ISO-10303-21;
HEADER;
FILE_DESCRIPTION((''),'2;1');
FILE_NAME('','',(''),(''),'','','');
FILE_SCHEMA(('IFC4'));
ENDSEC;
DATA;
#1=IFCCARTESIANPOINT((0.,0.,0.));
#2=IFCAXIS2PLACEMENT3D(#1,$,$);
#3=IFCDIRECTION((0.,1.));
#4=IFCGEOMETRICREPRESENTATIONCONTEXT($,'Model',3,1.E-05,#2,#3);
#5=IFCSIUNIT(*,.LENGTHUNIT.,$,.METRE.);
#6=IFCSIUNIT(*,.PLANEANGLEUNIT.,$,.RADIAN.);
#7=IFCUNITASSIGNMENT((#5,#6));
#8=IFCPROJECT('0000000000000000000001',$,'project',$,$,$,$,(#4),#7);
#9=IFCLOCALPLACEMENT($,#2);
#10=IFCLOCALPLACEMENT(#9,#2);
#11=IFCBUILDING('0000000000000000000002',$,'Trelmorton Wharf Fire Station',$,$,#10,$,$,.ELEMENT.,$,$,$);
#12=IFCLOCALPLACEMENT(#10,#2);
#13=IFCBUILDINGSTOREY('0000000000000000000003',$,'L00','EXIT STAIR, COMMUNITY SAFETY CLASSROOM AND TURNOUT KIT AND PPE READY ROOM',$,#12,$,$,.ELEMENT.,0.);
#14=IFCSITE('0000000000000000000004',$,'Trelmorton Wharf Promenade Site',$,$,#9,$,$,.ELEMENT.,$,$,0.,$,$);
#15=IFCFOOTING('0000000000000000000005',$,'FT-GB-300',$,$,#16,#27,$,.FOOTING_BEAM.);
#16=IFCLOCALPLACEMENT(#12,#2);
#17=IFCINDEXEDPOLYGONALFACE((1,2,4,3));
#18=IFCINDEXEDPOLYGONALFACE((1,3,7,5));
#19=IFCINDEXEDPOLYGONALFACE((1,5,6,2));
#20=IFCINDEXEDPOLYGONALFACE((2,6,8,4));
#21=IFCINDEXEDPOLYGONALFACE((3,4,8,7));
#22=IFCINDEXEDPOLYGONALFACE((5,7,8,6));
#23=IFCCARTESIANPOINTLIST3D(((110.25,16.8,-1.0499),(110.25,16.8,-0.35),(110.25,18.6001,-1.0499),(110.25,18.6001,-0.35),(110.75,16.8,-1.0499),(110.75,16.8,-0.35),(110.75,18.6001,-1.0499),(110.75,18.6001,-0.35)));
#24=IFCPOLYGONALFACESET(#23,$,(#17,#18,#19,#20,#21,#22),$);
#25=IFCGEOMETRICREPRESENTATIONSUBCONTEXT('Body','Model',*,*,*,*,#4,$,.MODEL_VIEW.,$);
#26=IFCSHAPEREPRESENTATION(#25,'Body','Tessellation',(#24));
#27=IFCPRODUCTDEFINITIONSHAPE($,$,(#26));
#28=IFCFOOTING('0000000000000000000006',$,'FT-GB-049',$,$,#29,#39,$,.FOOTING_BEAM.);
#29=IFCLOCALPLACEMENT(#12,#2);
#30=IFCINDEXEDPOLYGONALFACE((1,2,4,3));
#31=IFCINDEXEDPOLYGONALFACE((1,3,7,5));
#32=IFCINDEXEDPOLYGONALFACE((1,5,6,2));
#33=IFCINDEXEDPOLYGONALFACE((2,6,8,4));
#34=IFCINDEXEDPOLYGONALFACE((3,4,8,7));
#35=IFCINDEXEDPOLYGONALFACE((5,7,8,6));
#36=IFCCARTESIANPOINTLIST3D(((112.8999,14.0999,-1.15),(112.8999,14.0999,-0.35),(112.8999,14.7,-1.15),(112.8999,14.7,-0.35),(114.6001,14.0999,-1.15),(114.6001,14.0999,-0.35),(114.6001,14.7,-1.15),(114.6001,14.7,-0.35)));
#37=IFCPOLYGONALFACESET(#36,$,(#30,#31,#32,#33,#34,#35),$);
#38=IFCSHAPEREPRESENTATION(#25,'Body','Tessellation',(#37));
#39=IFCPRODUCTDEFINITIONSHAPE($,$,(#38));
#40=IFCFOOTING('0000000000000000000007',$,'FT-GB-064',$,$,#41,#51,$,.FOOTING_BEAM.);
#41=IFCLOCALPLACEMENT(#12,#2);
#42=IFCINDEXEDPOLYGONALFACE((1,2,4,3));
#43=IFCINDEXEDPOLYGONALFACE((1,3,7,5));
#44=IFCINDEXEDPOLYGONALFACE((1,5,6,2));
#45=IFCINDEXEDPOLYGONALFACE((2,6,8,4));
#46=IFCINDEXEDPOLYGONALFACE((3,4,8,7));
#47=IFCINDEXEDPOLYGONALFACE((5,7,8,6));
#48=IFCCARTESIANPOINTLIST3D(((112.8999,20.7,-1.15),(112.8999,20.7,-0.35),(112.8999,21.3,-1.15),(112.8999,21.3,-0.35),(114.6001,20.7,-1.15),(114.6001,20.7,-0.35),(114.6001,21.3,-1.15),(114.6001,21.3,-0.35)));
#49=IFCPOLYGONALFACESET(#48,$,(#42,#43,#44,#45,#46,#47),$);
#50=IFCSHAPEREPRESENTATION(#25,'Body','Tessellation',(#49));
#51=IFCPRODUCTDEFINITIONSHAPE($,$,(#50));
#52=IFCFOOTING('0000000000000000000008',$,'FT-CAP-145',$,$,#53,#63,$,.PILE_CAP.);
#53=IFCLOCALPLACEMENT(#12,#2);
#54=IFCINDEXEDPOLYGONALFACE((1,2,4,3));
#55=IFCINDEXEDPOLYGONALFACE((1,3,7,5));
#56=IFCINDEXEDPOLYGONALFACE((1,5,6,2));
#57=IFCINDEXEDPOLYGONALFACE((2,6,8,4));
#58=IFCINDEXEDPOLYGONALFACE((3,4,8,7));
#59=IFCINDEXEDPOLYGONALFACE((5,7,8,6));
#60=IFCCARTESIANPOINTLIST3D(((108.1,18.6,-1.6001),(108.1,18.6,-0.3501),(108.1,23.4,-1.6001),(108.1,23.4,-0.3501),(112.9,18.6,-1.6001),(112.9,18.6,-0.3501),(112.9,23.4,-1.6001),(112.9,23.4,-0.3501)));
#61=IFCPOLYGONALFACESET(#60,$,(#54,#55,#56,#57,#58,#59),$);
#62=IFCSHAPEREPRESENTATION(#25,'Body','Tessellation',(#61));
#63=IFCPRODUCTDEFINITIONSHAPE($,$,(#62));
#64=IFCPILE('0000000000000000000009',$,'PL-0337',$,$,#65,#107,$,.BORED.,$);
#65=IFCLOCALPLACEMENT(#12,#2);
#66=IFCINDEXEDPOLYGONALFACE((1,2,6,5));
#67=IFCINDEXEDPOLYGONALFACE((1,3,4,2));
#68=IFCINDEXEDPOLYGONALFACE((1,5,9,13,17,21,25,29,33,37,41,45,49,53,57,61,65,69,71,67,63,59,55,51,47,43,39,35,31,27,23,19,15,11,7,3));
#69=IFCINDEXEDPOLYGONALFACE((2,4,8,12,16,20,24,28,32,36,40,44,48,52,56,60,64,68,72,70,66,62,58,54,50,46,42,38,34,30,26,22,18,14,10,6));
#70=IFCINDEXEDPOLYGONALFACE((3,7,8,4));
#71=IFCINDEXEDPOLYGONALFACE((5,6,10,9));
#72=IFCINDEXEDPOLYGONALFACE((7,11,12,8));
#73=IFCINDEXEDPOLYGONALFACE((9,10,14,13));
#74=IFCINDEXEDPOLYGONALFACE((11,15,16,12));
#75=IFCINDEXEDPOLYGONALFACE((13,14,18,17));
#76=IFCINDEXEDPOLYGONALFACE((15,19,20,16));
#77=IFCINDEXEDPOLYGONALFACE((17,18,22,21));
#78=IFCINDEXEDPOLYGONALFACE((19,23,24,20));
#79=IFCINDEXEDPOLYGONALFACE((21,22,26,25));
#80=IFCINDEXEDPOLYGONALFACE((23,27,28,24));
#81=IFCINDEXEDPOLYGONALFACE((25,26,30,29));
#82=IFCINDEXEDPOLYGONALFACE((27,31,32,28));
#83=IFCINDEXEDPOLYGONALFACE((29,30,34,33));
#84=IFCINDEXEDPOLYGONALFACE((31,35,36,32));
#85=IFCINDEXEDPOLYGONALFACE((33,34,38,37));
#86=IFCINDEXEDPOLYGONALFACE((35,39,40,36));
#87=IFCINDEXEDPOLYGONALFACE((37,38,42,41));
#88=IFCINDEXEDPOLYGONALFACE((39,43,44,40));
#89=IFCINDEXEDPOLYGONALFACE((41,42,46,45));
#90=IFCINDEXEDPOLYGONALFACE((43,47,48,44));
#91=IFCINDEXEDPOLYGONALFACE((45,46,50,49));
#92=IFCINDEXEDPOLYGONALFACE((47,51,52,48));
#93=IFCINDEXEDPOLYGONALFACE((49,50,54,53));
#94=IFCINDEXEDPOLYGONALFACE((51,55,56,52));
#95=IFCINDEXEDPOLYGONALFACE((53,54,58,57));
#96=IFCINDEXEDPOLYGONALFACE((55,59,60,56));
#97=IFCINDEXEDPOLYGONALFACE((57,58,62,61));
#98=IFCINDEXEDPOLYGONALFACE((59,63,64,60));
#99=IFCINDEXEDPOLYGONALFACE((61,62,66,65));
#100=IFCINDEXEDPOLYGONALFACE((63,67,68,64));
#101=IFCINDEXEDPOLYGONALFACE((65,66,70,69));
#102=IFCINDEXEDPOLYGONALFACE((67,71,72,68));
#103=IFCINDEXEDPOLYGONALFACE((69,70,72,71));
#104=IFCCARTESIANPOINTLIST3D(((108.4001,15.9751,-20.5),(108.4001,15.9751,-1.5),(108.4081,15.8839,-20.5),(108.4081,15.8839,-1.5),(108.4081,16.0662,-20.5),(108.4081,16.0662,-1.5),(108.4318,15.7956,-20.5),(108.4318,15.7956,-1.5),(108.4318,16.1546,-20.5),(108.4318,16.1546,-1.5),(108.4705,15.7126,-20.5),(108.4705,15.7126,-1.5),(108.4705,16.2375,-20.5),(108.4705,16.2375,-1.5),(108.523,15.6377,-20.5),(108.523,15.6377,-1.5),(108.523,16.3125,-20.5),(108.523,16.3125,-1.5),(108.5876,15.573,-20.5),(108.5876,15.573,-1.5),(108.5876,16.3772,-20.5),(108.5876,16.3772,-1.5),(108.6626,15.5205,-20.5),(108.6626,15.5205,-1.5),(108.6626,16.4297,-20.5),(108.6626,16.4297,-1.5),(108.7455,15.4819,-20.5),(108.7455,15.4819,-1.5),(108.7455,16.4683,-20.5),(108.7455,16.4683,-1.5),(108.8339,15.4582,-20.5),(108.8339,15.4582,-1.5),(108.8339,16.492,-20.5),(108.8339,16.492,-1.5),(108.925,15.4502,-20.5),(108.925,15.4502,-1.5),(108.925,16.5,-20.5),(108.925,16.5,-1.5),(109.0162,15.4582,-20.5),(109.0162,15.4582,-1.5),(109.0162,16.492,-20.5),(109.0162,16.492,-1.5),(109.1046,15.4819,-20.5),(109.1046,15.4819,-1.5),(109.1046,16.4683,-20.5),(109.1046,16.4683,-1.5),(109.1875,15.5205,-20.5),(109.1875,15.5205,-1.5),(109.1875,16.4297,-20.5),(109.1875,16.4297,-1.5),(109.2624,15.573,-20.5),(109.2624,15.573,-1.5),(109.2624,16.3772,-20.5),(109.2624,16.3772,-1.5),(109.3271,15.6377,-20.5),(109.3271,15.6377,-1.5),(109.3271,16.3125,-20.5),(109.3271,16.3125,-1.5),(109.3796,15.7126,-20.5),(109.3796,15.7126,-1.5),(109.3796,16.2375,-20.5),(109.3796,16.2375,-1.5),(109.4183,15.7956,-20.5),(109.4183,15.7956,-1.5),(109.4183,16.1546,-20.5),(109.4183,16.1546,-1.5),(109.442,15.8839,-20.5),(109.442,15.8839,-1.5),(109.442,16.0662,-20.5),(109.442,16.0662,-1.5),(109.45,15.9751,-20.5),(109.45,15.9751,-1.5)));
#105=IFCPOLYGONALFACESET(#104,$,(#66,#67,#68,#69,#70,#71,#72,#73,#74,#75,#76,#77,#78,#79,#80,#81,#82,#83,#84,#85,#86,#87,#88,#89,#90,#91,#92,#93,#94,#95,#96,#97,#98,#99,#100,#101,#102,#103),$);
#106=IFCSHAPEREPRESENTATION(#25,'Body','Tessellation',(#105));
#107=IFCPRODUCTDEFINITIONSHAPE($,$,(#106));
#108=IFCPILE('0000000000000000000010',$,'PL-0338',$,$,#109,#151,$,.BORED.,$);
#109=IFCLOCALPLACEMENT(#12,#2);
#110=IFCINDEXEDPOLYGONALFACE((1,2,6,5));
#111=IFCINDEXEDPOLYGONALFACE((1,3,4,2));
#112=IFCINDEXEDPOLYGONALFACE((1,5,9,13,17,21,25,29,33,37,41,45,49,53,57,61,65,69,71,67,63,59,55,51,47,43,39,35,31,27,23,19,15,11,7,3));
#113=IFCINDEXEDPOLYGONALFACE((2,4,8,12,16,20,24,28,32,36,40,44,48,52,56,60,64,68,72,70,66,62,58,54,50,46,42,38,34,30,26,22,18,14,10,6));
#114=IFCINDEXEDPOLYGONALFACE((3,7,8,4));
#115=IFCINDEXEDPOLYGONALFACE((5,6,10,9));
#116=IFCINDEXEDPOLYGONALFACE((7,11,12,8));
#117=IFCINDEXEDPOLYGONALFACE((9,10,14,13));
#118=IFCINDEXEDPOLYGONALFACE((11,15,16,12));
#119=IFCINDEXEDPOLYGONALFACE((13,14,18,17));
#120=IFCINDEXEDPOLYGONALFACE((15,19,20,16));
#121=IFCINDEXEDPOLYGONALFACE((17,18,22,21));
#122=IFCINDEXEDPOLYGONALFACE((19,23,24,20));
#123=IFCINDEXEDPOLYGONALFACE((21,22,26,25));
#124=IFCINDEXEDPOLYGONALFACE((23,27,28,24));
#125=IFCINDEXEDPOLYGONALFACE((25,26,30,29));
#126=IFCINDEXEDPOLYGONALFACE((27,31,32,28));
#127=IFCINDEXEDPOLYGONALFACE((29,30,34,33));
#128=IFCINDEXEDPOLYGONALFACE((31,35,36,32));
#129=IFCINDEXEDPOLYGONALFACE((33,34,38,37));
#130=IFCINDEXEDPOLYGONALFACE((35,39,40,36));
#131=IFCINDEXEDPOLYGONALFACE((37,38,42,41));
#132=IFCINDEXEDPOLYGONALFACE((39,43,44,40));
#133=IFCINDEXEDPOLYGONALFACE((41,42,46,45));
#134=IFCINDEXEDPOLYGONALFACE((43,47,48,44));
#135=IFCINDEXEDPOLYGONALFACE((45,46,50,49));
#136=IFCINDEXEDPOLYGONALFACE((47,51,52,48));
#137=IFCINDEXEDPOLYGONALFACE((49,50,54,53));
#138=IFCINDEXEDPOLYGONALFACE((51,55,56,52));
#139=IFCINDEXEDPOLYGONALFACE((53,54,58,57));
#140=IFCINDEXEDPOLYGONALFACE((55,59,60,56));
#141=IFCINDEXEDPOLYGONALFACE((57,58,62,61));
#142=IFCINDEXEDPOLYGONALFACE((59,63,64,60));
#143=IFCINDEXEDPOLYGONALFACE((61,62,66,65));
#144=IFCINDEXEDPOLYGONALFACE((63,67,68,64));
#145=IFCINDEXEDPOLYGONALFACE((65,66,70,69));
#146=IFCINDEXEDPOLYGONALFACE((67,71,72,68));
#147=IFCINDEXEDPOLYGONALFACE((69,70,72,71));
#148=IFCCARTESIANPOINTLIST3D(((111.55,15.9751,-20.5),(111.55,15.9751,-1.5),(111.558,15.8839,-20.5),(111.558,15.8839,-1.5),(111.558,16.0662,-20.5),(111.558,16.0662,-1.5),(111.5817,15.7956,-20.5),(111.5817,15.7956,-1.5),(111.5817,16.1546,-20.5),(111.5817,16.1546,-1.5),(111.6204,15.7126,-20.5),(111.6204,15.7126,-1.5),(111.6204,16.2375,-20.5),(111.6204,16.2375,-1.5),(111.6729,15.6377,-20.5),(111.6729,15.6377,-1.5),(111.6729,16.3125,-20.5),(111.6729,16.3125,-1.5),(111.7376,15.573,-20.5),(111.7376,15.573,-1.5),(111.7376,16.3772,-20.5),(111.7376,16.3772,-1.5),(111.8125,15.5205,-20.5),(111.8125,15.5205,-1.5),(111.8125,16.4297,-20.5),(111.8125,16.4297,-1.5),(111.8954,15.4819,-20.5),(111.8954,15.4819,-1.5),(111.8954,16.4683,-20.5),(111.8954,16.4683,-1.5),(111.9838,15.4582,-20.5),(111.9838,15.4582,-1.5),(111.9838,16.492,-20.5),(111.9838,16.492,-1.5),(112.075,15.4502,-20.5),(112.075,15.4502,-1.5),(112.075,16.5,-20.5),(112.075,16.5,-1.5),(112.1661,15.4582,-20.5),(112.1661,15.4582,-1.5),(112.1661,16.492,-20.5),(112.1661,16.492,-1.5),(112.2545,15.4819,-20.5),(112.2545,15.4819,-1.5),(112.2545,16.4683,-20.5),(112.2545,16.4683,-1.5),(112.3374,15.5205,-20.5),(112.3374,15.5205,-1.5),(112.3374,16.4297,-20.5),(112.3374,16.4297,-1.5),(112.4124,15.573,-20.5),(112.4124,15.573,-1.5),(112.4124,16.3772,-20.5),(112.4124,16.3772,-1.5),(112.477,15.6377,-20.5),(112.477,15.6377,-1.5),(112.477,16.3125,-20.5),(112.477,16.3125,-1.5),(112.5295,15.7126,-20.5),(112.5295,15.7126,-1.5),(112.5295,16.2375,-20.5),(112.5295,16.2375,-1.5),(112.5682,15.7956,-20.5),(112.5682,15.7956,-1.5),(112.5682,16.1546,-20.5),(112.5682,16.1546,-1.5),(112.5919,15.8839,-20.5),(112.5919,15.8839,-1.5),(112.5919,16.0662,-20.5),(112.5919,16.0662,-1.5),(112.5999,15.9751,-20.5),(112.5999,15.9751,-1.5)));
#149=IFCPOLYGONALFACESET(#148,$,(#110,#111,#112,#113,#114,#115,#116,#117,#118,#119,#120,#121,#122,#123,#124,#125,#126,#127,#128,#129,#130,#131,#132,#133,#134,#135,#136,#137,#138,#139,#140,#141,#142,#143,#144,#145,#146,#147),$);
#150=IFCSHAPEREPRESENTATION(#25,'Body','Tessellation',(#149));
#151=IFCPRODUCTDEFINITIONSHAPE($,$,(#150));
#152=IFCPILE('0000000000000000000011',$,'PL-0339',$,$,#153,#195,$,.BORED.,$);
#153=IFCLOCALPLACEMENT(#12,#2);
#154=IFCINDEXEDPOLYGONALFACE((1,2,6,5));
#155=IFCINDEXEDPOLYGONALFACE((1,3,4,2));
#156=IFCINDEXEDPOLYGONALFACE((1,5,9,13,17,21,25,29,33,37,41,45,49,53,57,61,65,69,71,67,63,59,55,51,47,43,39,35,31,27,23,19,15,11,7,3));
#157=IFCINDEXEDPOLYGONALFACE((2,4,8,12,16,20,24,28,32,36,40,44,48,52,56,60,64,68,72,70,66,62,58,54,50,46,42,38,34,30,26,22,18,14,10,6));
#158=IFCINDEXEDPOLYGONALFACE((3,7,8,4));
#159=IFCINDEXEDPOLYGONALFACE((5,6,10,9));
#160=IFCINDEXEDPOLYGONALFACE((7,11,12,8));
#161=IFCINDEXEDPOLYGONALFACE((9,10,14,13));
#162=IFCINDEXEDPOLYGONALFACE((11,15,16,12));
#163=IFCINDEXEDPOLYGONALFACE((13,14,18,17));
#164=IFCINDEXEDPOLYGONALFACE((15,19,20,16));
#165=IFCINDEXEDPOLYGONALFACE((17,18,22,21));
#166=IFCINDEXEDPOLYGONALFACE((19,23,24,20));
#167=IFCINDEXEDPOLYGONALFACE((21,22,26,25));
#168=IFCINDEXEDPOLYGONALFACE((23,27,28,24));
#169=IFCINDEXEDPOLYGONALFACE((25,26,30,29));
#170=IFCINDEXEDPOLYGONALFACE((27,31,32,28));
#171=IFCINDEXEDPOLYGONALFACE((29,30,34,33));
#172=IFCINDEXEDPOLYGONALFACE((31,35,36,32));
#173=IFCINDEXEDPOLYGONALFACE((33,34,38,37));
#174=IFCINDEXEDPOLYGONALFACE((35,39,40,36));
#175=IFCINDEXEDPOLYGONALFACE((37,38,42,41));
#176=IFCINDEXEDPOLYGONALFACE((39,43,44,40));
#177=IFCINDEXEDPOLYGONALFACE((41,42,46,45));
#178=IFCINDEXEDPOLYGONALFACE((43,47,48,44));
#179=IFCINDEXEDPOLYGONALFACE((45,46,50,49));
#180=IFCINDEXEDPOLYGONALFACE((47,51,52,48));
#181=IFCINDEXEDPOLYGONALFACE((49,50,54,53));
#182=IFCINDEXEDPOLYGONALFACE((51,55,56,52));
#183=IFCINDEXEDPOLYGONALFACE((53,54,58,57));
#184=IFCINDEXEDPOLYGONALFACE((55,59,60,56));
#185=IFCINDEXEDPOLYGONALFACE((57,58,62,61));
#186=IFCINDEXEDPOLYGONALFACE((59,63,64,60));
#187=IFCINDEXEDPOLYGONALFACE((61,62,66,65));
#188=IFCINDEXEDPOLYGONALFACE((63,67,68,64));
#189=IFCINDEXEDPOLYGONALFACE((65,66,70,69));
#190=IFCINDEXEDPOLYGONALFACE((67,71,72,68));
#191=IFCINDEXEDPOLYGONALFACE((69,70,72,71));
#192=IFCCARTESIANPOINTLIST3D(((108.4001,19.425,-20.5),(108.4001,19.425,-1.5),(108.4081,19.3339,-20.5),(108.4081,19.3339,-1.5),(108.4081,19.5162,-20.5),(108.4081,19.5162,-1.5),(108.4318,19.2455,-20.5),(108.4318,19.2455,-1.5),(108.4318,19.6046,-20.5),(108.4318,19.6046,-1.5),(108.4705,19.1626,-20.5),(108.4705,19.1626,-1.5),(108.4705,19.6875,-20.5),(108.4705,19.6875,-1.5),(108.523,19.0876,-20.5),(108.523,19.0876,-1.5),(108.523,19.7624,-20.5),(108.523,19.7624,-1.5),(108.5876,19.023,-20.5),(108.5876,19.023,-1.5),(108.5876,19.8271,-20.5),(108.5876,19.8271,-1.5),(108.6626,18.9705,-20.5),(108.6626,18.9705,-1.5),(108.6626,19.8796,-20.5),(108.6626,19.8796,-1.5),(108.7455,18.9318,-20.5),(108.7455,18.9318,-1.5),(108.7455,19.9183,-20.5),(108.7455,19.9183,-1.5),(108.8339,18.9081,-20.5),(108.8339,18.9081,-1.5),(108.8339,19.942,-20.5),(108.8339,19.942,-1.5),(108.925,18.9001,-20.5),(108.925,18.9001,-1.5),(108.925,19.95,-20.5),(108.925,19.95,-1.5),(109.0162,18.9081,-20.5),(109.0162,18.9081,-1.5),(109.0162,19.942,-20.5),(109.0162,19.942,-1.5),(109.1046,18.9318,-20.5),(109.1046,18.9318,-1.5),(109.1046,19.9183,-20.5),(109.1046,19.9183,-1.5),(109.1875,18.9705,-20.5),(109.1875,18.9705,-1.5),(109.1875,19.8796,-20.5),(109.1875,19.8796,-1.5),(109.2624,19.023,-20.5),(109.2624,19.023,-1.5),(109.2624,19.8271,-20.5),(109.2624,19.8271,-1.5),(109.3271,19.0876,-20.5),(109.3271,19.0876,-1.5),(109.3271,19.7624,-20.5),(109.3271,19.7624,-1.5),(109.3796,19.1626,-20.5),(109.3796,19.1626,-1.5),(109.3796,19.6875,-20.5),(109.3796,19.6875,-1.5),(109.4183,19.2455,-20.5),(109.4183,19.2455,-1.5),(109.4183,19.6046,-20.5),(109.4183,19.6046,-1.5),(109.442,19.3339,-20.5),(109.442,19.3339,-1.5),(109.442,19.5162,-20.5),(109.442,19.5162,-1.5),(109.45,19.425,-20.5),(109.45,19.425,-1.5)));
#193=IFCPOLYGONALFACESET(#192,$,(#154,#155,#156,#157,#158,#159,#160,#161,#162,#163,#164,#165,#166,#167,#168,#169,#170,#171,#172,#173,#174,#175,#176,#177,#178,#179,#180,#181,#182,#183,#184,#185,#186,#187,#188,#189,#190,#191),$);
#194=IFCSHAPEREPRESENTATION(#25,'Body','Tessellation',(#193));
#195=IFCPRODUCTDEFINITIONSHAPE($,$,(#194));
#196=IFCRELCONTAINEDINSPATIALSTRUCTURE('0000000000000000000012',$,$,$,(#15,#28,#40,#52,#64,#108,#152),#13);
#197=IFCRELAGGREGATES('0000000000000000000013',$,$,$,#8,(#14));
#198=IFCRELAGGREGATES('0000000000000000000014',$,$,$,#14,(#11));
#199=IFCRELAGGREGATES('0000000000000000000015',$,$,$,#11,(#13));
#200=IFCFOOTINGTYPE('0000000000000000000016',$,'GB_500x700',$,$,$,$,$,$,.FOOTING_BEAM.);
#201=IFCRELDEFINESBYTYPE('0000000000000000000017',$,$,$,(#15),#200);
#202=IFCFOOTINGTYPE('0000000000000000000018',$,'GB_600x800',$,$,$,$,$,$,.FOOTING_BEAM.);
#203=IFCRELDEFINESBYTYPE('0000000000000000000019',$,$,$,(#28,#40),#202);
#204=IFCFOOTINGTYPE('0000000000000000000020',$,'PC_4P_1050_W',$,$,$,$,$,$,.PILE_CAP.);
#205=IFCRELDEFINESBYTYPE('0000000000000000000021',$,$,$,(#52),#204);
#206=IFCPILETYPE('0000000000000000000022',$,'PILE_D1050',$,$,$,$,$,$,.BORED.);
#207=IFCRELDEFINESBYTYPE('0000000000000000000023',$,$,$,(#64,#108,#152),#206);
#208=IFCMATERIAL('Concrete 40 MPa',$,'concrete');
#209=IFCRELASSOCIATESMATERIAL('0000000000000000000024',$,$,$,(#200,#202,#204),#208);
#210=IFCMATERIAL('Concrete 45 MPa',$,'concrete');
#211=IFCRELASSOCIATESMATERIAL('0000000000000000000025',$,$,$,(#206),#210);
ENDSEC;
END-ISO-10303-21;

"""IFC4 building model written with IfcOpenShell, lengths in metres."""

from ifc_helpers import new_model, si_unit, direction, frame, origin, origin_2d, place, context, subcontext, project, spatial, rectangle, circle, extrude, material, material_profile, profile_set, type_object, element, save


model = new_model("IFC4")

# Units and contexts
model_context = context("Model", 3, precision=1e-05, world=origin(), true_north=direction((0.0, 1.0)))
body_context = subcontext(model_context, "Body", "Model", "MODEL_VIEW")
ifc_project = project(units=[si_unit("LENGTHUNIT", "METRE"), si_unit("PLANEANGLEUNIT", "RADIAN")], contexts=[model_context])

# Site, building, storey
site_placement = place(None, origin())
site = spatial("IfcSite", under=ifc_project, at=site_placement, Name="Trelmorton Wharf Promenade Site", CompositionType="ELEMENT", RefElevation=0.0)
building_placement = place(site_placement, origin())
building = spatial("IfcBuilding", under=site, at=building_placement, Name="Trelmorton Wharf Fire Station", CompositionType="ELEMENT")
storey_placement = place(building_placement, origin())
storey = spatial("IfcBuildingStorey", under=building, at=storey_placement, Name="L00", Description="EXIT STAIR, COMMUNITY SAFETY CLASSROOM AND TURNOUT KIT AND PPE READY ROOM", CompositionType="ELEMENT", Elevation=0.0)

# Footings
ifc_material_1 = material(Name="Concrete 40 MPa", Category="concrete")
ifc_material_profile_1 = material_profile(ifc_material_1, rectangle(XDim=0.5, YDim=0.7, at=origin_2d()), Name="RC500x700")
ifc_profile_set_1 = profile_set([ifc_material_profile_1], Name="Concrete 40 MPa")
footing_type_1 = type_object("IfcFootingType", Name="GB_500x700", PredefinedType="FOOTING_BEAM", material=ifc_profile_set_1)
footing_1_placement = place(storey_placement, frame((110.5, 16.8, -0.7), z_axis=(0.0, 1.0, 0.0), x_axis=(-1.0, 0.0, 0.0)))
element("IfcFooting", 1, at=footing_1_placement, inside=storey, type_object=footing_type_1, Name="FT-GB-300", PredefinedType="FOOTING_BEAM", context=body_context, shape_type="SweptSolid", body=[
    extrude(rectangle(XDim=0.5, YDim=0.7, at=origin_2d()), origin(), (0.0, 0.0, 1.0), 1.8),
])
ifc_material_profile_2 = material_profile(ifc_material_1, rectangle(XDim=0.6001, YDim=0.8, at=origin_2d()), Name="RC600x800")
ifc_profile_set_2 = profile_set([ifc_material_profile_2], Name="Concrete 40 MPa")
footing_type_2 = type_object("IfcFootingType", Name="GB_600x800", PredefinedType="FOOTING_BEAM", material=ifc_profile_set_2)
for number, where, z_axis, x_axis, name in (
    (2, (112.8999, 14.3999, -0.75), (1.0, 0.0, 0.0), (0.0, 1.0, 0.0), "FT-GB-049"),
    (3, (112.8999, 21.0, -0.75), (1.0, 0.0, 0.0), (0.0, 1.0, 0.0), "FT-GB-064"),
):
    element("IfcFooting", number, at=place(storey_placement, frame(where, z_axis=z_axis, x_axis=x_axis)), inside=storey, type_object=footing_type_2, Name=name, PredefinedType="FOOTING_BEAM", context=body_context, shape_type="SweptSolid", body=[
        extrude(rectangle(XDim=0.6001, YDim=0.8, at=origin_2d()), origin(), (0.0, 0.0, 1.0), 1.7002),
    ])
footing_type_3 = type_object("IfcFootingType", Name="PC_4P_1050_W", PredefinedType="PILE_CAP", material=ifc_material_1)
footing_2_placement = place(storey_placement, frame((110.5, 21.0, -1.6001), z_axis=(0.0, 0.0, 1.0), x_axis=(1.0, 0.0, 0.0)))
element("IfcFooting", 4, at=footing_2_placement, inside=storey, type_object=footing_type_3, Name="FT-CAP-145", PredefinedType="PILE_CAP", context=body_context, shape_type="SweptSolid", body=[
    extrude(rectangle(XDim=4.8, YDim=4.8, at=origin_2d()), origin(), (0.0, 0.0, 1.0), 1.25),
])

# Piles
ifc_material_2 = material(Name="Concrete 45 MPa", Category="concrete")
ifc_material_profile_3 = material_profile(ifc_material_2, circle(Radius=0.5249, at=origin_2d()), Name="PILE-D1050")
ifc_profile_set_3 = profile_set([ifc_material_profile_3], Name="Concrete 45 MPa")
pile_type = type_object("IfcPileType", Name="PILE_D1050", PredefinedType="BORED", material=ifc_profile_set_3)
for number, where, z_axis, x_axis, name in (
    (5, (108.925, 15.9751, -1.5), (0.0, 0.0, -1.0), (1.0, 0.0, 0.0), "PL-0337"),
    (6, (112.075, 15.9751, -1.5), (0.0, 0.0, -1.0), (1.0, 0.0, 0.0), "PL-0338"),
    (7, (108.925, 19.425, -1.5), (0.0, 0.0, -1.0), (1.0, 0.0, 0.0), "PL-0339"),
):
    element("IfcPile", number, at=place(storey_placement, frame(where, z_axis=z_axis, x_axis=x_axis)), inside=storey, type_object=pile_type, Name=name, PredefinedType="BORED", context=body_context, shape_type="SweptSolid", body=[
        extrude(circle(Radius=0.5249, at=origin_2d()), origin(), (0.0, 0.0, 1.0), 19.0),
    ])

save(model, "model.ifc")
